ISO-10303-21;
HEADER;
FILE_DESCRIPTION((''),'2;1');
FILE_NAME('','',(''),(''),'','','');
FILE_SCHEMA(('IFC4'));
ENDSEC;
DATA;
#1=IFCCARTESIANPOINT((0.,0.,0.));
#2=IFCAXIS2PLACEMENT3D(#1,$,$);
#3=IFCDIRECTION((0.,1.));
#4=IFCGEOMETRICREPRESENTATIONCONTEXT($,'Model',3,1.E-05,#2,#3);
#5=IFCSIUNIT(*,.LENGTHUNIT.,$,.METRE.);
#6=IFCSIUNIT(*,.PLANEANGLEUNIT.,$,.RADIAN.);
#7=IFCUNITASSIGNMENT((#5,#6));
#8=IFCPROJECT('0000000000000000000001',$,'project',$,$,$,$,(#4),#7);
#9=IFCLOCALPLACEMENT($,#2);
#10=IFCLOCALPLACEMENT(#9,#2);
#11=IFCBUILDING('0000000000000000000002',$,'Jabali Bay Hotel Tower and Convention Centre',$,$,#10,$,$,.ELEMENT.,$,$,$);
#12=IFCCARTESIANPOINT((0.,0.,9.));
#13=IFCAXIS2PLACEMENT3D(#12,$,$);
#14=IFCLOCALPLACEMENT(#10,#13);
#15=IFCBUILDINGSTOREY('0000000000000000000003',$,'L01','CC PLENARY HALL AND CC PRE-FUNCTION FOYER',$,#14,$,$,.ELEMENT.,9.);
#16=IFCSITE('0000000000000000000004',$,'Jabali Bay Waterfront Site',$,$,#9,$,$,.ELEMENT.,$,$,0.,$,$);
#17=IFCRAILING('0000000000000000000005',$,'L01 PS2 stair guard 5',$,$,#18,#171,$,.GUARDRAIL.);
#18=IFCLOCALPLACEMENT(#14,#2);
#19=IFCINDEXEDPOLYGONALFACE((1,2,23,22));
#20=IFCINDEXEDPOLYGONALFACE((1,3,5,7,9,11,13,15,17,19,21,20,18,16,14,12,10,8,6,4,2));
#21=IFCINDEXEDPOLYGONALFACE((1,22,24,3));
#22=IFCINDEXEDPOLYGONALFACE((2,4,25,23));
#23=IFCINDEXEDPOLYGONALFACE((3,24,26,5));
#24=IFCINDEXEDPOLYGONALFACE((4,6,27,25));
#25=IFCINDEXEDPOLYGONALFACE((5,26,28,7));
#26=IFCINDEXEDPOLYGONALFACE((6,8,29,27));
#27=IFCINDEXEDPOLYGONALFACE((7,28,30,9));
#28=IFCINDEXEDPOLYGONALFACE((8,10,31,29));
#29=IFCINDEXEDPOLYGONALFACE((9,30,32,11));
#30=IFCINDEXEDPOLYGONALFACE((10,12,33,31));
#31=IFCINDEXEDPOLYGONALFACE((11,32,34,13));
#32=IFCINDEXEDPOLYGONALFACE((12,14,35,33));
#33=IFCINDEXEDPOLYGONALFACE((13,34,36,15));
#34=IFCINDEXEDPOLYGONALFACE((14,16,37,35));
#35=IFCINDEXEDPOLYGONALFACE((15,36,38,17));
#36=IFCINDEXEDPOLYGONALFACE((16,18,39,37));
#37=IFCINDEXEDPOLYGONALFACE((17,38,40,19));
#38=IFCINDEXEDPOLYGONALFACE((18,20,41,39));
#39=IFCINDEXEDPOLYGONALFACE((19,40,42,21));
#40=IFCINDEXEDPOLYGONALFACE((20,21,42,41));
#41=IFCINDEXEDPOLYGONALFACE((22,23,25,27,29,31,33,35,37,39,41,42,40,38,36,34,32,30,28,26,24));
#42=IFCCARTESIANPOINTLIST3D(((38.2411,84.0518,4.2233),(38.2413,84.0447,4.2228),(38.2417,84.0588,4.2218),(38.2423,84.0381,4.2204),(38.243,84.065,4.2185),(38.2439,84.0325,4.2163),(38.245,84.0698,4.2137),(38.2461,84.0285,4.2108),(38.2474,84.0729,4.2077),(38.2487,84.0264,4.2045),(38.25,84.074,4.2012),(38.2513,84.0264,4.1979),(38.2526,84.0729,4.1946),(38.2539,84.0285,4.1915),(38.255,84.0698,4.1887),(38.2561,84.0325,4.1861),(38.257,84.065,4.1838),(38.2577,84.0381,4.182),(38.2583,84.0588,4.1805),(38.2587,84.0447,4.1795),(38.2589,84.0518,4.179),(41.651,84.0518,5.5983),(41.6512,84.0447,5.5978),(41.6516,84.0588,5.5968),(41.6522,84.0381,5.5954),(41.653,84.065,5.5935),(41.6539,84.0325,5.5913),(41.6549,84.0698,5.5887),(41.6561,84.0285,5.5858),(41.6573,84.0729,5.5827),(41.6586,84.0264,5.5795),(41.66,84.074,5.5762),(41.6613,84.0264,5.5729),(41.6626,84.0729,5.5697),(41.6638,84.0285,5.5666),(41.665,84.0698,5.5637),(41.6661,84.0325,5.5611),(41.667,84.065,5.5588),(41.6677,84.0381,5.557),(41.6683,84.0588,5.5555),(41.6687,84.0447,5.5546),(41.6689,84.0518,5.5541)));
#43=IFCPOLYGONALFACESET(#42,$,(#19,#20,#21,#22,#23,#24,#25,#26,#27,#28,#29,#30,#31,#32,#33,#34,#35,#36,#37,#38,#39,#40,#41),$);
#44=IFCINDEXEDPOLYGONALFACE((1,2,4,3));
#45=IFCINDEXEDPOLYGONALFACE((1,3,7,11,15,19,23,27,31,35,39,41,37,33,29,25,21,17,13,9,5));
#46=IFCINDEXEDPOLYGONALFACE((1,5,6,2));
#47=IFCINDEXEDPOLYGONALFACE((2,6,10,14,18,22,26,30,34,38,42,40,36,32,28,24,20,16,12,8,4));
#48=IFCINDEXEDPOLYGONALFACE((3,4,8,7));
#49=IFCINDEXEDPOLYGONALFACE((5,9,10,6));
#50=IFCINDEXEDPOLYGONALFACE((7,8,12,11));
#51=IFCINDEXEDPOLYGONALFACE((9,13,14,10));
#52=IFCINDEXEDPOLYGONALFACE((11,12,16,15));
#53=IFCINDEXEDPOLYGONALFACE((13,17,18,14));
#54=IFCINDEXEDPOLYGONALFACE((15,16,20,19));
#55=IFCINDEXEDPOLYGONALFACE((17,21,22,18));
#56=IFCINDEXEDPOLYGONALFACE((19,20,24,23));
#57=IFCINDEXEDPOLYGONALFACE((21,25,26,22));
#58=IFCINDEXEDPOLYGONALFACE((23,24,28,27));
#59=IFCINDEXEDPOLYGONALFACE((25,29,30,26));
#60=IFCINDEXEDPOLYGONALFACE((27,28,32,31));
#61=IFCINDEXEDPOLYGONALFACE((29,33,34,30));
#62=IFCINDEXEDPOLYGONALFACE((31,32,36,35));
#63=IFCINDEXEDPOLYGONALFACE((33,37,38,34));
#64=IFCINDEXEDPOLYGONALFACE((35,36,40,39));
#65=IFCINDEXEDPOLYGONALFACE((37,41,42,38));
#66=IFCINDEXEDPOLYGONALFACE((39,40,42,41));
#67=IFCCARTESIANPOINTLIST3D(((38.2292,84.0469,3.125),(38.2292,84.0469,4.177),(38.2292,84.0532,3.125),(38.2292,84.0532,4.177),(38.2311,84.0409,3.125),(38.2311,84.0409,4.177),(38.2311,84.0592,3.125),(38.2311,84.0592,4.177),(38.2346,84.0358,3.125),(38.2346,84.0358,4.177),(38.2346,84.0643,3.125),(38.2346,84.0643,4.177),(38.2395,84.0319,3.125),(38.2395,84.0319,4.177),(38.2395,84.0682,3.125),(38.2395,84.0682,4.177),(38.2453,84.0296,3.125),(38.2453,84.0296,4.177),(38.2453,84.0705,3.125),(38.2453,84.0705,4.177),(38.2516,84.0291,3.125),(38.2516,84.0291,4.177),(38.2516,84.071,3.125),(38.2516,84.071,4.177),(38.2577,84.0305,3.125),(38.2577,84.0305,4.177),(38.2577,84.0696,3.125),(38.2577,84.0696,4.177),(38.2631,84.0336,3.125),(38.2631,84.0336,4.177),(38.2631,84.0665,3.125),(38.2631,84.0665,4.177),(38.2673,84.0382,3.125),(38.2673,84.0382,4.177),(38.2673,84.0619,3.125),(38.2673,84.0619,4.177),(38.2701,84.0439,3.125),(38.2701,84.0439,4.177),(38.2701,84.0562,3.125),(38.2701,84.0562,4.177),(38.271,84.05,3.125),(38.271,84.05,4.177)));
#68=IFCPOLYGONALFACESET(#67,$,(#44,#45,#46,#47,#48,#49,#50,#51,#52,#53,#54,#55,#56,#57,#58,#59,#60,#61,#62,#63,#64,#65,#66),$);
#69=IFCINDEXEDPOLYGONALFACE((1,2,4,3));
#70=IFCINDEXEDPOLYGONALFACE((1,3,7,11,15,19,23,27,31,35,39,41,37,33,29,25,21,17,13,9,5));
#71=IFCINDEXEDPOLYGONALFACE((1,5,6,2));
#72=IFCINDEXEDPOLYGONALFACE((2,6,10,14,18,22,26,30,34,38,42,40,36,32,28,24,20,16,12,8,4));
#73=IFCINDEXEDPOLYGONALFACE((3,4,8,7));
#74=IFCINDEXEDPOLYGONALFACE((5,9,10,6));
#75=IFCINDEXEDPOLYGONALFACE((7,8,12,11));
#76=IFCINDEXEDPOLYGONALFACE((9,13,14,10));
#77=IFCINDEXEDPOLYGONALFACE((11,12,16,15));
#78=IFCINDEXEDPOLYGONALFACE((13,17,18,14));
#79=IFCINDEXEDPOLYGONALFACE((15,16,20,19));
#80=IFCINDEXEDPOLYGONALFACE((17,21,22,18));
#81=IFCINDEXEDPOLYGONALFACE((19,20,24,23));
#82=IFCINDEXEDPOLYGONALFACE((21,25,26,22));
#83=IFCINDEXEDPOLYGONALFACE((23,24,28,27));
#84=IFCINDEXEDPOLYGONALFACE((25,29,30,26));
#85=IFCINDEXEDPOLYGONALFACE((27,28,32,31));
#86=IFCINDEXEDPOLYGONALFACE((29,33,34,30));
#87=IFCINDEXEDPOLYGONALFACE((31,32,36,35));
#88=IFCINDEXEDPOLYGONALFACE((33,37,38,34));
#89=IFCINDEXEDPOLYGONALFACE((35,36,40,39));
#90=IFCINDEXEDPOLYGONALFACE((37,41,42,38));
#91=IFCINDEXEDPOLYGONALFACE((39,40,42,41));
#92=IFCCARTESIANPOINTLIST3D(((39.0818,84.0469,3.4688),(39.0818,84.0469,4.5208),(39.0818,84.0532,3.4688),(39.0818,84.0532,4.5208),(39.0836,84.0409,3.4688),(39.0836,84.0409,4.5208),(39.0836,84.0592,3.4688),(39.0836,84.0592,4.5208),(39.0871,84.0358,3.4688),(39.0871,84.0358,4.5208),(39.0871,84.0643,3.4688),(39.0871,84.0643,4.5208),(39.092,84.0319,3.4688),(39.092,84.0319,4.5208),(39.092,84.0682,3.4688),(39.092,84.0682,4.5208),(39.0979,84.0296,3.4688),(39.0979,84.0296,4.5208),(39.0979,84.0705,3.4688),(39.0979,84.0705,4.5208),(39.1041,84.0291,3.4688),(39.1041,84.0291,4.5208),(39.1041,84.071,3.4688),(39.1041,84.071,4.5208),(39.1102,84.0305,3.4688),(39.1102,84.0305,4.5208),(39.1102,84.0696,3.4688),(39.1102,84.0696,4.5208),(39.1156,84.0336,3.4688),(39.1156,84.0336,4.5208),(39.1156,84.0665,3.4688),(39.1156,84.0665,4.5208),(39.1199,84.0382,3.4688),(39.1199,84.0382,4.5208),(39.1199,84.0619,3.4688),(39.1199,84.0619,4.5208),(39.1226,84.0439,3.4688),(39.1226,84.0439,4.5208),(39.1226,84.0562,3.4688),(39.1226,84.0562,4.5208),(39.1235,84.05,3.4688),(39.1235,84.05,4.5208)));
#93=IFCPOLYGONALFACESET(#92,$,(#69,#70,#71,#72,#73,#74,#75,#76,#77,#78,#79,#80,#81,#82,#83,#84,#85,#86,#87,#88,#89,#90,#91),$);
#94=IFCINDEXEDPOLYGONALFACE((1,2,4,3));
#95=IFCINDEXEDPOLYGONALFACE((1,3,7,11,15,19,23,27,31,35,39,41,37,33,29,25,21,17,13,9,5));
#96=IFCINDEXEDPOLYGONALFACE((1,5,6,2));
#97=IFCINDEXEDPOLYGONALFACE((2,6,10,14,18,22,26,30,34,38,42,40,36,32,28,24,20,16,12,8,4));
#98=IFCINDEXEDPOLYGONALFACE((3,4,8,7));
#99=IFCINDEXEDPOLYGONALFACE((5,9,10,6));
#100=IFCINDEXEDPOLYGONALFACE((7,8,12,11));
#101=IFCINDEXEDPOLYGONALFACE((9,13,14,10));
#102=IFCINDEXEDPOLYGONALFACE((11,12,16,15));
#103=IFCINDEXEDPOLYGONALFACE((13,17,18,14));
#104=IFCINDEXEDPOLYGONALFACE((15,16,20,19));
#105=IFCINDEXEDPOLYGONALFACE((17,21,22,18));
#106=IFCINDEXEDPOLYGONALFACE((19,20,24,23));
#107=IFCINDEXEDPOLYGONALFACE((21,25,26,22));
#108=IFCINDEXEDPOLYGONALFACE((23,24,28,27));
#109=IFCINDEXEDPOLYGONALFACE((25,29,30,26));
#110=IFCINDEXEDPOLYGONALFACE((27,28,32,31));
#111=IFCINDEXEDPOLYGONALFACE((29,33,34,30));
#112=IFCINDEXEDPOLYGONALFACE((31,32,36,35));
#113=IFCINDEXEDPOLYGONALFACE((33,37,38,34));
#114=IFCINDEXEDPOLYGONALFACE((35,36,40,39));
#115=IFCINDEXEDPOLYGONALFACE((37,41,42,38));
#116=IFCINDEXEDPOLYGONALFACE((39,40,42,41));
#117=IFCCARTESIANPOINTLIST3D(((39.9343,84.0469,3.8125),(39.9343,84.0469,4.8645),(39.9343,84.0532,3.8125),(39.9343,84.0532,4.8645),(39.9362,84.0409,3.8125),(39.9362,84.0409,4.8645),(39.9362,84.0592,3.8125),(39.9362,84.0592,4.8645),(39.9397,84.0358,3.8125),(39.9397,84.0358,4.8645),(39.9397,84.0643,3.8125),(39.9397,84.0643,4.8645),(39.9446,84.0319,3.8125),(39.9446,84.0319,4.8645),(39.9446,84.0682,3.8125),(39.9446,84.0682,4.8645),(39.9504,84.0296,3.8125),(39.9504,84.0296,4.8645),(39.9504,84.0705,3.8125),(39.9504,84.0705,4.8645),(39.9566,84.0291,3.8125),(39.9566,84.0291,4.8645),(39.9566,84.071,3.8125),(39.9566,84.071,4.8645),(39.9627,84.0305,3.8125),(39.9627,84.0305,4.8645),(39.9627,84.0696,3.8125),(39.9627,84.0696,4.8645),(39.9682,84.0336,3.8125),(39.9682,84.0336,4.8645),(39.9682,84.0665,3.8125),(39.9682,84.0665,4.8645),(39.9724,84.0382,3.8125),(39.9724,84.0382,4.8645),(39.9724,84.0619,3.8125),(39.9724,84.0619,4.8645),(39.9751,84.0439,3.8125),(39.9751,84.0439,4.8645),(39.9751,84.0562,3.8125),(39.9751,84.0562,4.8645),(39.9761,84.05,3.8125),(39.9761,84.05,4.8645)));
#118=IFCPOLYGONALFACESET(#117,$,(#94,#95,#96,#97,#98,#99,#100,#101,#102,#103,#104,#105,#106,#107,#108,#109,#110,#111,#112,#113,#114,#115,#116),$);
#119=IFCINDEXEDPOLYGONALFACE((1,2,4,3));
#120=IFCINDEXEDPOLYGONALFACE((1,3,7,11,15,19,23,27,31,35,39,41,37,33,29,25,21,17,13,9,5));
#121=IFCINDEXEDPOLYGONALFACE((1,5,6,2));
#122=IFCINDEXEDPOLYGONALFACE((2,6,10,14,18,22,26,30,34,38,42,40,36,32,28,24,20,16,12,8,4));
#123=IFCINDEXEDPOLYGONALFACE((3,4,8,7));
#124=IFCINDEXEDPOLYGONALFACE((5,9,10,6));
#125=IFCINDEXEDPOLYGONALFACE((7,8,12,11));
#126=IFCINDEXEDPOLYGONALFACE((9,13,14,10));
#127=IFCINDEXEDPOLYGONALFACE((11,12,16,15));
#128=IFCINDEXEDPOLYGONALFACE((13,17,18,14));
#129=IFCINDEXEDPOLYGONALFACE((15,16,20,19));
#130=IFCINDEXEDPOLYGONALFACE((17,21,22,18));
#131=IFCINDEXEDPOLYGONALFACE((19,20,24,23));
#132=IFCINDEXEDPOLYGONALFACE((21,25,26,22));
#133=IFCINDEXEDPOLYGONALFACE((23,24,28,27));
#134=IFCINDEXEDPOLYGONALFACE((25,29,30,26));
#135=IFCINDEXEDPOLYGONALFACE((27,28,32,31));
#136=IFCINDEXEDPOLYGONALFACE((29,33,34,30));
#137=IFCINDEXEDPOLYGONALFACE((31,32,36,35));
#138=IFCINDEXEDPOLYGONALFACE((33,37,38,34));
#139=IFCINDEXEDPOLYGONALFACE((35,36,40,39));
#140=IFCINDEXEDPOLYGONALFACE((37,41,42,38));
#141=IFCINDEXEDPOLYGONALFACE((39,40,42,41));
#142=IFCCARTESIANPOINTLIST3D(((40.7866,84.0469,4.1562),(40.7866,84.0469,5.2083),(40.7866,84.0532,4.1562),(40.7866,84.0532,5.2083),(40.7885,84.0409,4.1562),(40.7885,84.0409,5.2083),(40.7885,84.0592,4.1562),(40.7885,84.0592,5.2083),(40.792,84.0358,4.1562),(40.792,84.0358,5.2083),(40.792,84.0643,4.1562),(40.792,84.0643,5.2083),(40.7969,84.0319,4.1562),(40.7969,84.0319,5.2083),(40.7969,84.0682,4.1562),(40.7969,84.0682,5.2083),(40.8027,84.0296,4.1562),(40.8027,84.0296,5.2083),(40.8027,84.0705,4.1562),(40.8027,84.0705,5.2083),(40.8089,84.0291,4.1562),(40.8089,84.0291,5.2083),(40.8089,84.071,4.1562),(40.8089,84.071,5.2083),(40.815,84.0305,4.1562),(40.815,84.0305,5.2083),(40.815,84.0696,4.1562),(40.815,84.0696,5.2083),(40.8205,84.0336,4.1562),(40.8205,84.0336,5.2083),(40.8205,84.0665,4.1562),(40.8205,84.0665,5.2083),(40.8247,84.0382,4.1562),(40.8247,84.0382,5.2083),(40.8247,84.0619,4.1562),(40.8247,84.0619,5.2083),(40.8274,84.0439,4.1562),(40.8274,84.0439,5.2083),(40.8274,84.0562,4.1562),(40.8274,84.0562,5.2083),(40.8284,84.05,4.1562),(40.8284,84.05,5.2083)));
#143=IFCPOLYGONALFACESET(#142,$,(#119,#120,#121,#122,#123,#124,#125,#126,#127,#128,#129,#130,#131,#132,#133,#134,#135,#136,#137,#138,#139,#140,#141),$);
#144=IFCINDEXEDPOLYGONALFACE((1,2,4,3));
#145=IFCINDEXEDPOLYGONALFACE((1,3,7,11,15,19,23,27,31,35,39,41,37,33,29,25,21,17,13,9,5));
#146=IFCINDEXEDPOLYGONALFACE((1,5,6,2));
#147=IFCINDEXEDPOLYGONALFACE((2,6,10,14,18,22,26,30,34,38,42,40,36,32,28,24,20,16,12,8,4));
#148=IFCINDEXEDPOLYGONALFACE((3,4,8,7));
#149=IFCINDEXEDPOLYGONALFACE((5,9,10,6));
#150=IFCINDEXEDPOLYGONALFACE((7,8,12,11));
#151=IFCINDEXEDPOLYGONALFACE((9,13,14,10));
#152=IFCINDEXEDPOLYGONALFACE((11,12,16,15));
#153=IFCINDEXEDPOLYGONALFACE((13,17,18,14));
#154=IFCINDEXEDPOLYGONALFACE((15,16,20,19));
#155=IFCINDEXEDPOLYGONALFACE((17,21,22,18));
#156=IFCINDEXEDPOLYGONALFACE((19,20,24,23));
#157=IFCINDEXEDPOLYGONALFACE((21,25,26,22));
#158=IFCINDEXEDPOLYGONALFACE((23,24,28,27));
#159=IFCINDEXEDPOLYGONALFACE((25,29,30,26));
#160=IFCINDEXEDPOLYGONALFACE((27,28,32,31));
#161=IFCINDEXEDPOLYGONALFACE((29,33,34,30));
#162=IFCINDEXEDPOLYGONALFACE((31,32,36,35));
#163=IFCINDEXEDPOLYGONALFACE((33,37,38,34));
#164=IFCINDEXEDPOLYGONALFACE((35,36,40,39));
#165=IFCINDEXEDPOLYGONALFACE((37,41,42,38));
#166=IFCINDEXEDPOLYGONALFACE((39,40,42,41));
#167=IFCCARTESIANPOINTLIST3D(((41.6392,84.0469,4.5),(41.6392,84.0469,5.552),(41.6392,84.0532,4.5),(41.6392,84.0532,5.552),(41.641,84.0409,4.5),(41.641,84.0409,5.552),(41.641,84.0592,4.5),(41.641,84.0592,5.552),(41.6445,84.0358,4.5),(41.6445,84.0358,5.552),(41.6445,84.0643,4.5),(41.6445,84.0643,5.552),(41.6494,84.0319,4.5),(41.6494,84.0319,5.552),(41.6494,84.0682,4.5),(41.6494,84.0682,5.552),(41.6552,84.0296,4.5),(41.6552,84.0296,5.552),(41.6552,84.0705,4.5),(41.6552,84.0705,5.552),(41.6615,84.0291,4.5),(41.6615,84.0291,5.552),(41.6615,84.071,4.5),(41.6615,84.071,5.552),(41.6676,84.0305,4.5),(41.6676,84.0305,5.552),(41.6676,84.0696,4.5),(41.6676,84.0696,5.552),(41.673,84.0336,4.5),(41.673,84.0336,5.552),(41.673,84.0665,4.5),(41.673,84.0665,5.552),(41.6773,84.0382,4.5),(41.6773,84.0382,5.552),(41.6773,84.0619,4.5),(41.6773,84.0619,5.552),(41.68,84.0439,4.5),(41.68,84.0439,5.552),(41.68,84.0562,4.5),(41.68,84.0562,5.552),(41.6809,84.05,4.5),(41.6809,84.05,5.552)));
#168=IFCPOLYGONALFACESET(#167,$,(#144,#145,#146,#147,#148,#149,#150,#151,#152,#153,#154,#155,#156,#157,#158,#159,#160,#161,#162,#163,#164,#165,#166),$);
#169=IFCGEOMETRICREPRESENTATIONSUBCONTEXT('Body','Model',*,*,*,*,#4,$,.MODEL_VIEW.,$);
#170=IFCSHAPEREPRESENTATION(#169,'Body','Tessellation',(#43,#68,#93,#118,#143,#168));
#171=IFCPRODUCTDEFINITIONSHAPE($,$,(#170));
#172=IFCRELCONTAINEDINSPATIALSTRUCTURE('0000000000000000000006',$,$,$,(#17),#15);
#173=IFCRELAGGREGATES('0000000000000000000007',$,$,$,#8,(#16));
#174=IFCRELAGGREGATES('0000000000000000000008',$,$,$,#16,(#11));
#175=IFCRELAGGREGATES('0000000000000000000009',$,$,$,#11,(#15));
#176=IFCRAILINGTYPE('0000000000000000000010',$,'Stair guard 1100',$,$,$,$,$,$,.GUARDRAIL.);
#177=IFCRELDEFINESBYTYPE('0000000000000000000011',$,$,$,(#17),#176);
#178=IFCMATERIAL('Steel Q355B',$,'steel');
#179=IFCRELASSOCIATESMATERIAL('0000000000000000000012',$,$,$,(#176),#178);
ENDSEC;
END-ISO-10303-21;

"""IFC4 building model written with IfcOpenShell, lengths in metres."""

from ifc_helpers import new_model, si_unit, direction, frame, origin, origin_2d, place, context, subcontext, project, spatial, circle, extrude, material, type_object, element, save


model = new_model("IFC4")

# Units and contexts
model_context = context("Model", 3, precision=1e-05, world=origin(), true_north=direction((0.0, 1.0)))
body_context = subcontext(model_context, "Body", "Model", "MODEL_VIEW")
ifc_project = project(units=[si_unit("LENGTHUNIT", "METRE"), si_unit("PLANEANGLEUNIT", "RADIAN")], contexts=[model_context])

# Site, building, storey
site_placement = place(None, origin())
site = spatial("IfcSite", under=ifc_project, at=site_placement, Name="Jabali Bay Waterfront Site", CompositionType="ELEMENT", RefElevation=0.0)
building_placement = place(site_placement, origin())
building = spatial("IfcBuilding", under=site, at=building_placement, Name="Jabali Bay Hotel Tower and Convention Centre", CompositionType="ELEMENT")
storey_placement = place(building_placement, frame((0.0, 0.0, 9.0)))
storey = spatial("IfcBuildingStorey", under=building, at=storey_placement, Name="L01", Description="CC PLENARY HALL AND CC PRE-FUNCTION FOYER", CompositionType="ELEMENT", Elevation=9.0)

# Railing
ifc_material_1 = material(Name="Steel Q355B", Category="steel")
railing_type_1 = type_object("IfcRailingType", Name="Stair guard 1100", PredefinedType="GUARDRAIL", material=ifc_material_1)
railing_1_placement = place(storey_placement, frame((38.25, 84.05, 3.125)))
element("IfcRailing", 1, at=railing_1_placement, inside=storey, type_object=railing_type_1, Name="L01 PS2 stair guard 5", PredefinedType="GUARDRAIL", context=body_context, shape_type="SweptSolid", body=[
    extrude(circle(Radius=0.0239, at=origin_2d()), frame((0.0, 0.0, 1.0762), z_axis=(0.927438, 0.0, 0.373977), x_axis=(0.0, 1.0, 0.0)), (0.0, 0.0, 1.0), 3.6768),
    extrude(circle(Radius=0.021, at=origin_2d()), origin(), (0.0, 0.0, 1.0), 1.052),
    extrude(circle(Radius=0.021, at=origin_2d()), frame((0.8525, 0.0, 0.3438)), (0.0, 0.0, 1.0), 1.052),
    extrude(circle(Radius=0.021, at=origin_2d()), frame((1.7051, 0.0, 0.6875)), (0.0, 0.0, 1.0), 1.052),
    extrude(circle(Radius=0.021, at=origin_2d()), frame((2.5574, 0.0, 1.0312)), (0.0, 0.0, 1.0), 1.052),
    extrude(circle(Radius=0.021, at=origin_2d()), frame((3.4099, 0.0, 1.375)), (0.0, 0.0, 1.0), 1.052),
])

save(model, "model.ifc")
